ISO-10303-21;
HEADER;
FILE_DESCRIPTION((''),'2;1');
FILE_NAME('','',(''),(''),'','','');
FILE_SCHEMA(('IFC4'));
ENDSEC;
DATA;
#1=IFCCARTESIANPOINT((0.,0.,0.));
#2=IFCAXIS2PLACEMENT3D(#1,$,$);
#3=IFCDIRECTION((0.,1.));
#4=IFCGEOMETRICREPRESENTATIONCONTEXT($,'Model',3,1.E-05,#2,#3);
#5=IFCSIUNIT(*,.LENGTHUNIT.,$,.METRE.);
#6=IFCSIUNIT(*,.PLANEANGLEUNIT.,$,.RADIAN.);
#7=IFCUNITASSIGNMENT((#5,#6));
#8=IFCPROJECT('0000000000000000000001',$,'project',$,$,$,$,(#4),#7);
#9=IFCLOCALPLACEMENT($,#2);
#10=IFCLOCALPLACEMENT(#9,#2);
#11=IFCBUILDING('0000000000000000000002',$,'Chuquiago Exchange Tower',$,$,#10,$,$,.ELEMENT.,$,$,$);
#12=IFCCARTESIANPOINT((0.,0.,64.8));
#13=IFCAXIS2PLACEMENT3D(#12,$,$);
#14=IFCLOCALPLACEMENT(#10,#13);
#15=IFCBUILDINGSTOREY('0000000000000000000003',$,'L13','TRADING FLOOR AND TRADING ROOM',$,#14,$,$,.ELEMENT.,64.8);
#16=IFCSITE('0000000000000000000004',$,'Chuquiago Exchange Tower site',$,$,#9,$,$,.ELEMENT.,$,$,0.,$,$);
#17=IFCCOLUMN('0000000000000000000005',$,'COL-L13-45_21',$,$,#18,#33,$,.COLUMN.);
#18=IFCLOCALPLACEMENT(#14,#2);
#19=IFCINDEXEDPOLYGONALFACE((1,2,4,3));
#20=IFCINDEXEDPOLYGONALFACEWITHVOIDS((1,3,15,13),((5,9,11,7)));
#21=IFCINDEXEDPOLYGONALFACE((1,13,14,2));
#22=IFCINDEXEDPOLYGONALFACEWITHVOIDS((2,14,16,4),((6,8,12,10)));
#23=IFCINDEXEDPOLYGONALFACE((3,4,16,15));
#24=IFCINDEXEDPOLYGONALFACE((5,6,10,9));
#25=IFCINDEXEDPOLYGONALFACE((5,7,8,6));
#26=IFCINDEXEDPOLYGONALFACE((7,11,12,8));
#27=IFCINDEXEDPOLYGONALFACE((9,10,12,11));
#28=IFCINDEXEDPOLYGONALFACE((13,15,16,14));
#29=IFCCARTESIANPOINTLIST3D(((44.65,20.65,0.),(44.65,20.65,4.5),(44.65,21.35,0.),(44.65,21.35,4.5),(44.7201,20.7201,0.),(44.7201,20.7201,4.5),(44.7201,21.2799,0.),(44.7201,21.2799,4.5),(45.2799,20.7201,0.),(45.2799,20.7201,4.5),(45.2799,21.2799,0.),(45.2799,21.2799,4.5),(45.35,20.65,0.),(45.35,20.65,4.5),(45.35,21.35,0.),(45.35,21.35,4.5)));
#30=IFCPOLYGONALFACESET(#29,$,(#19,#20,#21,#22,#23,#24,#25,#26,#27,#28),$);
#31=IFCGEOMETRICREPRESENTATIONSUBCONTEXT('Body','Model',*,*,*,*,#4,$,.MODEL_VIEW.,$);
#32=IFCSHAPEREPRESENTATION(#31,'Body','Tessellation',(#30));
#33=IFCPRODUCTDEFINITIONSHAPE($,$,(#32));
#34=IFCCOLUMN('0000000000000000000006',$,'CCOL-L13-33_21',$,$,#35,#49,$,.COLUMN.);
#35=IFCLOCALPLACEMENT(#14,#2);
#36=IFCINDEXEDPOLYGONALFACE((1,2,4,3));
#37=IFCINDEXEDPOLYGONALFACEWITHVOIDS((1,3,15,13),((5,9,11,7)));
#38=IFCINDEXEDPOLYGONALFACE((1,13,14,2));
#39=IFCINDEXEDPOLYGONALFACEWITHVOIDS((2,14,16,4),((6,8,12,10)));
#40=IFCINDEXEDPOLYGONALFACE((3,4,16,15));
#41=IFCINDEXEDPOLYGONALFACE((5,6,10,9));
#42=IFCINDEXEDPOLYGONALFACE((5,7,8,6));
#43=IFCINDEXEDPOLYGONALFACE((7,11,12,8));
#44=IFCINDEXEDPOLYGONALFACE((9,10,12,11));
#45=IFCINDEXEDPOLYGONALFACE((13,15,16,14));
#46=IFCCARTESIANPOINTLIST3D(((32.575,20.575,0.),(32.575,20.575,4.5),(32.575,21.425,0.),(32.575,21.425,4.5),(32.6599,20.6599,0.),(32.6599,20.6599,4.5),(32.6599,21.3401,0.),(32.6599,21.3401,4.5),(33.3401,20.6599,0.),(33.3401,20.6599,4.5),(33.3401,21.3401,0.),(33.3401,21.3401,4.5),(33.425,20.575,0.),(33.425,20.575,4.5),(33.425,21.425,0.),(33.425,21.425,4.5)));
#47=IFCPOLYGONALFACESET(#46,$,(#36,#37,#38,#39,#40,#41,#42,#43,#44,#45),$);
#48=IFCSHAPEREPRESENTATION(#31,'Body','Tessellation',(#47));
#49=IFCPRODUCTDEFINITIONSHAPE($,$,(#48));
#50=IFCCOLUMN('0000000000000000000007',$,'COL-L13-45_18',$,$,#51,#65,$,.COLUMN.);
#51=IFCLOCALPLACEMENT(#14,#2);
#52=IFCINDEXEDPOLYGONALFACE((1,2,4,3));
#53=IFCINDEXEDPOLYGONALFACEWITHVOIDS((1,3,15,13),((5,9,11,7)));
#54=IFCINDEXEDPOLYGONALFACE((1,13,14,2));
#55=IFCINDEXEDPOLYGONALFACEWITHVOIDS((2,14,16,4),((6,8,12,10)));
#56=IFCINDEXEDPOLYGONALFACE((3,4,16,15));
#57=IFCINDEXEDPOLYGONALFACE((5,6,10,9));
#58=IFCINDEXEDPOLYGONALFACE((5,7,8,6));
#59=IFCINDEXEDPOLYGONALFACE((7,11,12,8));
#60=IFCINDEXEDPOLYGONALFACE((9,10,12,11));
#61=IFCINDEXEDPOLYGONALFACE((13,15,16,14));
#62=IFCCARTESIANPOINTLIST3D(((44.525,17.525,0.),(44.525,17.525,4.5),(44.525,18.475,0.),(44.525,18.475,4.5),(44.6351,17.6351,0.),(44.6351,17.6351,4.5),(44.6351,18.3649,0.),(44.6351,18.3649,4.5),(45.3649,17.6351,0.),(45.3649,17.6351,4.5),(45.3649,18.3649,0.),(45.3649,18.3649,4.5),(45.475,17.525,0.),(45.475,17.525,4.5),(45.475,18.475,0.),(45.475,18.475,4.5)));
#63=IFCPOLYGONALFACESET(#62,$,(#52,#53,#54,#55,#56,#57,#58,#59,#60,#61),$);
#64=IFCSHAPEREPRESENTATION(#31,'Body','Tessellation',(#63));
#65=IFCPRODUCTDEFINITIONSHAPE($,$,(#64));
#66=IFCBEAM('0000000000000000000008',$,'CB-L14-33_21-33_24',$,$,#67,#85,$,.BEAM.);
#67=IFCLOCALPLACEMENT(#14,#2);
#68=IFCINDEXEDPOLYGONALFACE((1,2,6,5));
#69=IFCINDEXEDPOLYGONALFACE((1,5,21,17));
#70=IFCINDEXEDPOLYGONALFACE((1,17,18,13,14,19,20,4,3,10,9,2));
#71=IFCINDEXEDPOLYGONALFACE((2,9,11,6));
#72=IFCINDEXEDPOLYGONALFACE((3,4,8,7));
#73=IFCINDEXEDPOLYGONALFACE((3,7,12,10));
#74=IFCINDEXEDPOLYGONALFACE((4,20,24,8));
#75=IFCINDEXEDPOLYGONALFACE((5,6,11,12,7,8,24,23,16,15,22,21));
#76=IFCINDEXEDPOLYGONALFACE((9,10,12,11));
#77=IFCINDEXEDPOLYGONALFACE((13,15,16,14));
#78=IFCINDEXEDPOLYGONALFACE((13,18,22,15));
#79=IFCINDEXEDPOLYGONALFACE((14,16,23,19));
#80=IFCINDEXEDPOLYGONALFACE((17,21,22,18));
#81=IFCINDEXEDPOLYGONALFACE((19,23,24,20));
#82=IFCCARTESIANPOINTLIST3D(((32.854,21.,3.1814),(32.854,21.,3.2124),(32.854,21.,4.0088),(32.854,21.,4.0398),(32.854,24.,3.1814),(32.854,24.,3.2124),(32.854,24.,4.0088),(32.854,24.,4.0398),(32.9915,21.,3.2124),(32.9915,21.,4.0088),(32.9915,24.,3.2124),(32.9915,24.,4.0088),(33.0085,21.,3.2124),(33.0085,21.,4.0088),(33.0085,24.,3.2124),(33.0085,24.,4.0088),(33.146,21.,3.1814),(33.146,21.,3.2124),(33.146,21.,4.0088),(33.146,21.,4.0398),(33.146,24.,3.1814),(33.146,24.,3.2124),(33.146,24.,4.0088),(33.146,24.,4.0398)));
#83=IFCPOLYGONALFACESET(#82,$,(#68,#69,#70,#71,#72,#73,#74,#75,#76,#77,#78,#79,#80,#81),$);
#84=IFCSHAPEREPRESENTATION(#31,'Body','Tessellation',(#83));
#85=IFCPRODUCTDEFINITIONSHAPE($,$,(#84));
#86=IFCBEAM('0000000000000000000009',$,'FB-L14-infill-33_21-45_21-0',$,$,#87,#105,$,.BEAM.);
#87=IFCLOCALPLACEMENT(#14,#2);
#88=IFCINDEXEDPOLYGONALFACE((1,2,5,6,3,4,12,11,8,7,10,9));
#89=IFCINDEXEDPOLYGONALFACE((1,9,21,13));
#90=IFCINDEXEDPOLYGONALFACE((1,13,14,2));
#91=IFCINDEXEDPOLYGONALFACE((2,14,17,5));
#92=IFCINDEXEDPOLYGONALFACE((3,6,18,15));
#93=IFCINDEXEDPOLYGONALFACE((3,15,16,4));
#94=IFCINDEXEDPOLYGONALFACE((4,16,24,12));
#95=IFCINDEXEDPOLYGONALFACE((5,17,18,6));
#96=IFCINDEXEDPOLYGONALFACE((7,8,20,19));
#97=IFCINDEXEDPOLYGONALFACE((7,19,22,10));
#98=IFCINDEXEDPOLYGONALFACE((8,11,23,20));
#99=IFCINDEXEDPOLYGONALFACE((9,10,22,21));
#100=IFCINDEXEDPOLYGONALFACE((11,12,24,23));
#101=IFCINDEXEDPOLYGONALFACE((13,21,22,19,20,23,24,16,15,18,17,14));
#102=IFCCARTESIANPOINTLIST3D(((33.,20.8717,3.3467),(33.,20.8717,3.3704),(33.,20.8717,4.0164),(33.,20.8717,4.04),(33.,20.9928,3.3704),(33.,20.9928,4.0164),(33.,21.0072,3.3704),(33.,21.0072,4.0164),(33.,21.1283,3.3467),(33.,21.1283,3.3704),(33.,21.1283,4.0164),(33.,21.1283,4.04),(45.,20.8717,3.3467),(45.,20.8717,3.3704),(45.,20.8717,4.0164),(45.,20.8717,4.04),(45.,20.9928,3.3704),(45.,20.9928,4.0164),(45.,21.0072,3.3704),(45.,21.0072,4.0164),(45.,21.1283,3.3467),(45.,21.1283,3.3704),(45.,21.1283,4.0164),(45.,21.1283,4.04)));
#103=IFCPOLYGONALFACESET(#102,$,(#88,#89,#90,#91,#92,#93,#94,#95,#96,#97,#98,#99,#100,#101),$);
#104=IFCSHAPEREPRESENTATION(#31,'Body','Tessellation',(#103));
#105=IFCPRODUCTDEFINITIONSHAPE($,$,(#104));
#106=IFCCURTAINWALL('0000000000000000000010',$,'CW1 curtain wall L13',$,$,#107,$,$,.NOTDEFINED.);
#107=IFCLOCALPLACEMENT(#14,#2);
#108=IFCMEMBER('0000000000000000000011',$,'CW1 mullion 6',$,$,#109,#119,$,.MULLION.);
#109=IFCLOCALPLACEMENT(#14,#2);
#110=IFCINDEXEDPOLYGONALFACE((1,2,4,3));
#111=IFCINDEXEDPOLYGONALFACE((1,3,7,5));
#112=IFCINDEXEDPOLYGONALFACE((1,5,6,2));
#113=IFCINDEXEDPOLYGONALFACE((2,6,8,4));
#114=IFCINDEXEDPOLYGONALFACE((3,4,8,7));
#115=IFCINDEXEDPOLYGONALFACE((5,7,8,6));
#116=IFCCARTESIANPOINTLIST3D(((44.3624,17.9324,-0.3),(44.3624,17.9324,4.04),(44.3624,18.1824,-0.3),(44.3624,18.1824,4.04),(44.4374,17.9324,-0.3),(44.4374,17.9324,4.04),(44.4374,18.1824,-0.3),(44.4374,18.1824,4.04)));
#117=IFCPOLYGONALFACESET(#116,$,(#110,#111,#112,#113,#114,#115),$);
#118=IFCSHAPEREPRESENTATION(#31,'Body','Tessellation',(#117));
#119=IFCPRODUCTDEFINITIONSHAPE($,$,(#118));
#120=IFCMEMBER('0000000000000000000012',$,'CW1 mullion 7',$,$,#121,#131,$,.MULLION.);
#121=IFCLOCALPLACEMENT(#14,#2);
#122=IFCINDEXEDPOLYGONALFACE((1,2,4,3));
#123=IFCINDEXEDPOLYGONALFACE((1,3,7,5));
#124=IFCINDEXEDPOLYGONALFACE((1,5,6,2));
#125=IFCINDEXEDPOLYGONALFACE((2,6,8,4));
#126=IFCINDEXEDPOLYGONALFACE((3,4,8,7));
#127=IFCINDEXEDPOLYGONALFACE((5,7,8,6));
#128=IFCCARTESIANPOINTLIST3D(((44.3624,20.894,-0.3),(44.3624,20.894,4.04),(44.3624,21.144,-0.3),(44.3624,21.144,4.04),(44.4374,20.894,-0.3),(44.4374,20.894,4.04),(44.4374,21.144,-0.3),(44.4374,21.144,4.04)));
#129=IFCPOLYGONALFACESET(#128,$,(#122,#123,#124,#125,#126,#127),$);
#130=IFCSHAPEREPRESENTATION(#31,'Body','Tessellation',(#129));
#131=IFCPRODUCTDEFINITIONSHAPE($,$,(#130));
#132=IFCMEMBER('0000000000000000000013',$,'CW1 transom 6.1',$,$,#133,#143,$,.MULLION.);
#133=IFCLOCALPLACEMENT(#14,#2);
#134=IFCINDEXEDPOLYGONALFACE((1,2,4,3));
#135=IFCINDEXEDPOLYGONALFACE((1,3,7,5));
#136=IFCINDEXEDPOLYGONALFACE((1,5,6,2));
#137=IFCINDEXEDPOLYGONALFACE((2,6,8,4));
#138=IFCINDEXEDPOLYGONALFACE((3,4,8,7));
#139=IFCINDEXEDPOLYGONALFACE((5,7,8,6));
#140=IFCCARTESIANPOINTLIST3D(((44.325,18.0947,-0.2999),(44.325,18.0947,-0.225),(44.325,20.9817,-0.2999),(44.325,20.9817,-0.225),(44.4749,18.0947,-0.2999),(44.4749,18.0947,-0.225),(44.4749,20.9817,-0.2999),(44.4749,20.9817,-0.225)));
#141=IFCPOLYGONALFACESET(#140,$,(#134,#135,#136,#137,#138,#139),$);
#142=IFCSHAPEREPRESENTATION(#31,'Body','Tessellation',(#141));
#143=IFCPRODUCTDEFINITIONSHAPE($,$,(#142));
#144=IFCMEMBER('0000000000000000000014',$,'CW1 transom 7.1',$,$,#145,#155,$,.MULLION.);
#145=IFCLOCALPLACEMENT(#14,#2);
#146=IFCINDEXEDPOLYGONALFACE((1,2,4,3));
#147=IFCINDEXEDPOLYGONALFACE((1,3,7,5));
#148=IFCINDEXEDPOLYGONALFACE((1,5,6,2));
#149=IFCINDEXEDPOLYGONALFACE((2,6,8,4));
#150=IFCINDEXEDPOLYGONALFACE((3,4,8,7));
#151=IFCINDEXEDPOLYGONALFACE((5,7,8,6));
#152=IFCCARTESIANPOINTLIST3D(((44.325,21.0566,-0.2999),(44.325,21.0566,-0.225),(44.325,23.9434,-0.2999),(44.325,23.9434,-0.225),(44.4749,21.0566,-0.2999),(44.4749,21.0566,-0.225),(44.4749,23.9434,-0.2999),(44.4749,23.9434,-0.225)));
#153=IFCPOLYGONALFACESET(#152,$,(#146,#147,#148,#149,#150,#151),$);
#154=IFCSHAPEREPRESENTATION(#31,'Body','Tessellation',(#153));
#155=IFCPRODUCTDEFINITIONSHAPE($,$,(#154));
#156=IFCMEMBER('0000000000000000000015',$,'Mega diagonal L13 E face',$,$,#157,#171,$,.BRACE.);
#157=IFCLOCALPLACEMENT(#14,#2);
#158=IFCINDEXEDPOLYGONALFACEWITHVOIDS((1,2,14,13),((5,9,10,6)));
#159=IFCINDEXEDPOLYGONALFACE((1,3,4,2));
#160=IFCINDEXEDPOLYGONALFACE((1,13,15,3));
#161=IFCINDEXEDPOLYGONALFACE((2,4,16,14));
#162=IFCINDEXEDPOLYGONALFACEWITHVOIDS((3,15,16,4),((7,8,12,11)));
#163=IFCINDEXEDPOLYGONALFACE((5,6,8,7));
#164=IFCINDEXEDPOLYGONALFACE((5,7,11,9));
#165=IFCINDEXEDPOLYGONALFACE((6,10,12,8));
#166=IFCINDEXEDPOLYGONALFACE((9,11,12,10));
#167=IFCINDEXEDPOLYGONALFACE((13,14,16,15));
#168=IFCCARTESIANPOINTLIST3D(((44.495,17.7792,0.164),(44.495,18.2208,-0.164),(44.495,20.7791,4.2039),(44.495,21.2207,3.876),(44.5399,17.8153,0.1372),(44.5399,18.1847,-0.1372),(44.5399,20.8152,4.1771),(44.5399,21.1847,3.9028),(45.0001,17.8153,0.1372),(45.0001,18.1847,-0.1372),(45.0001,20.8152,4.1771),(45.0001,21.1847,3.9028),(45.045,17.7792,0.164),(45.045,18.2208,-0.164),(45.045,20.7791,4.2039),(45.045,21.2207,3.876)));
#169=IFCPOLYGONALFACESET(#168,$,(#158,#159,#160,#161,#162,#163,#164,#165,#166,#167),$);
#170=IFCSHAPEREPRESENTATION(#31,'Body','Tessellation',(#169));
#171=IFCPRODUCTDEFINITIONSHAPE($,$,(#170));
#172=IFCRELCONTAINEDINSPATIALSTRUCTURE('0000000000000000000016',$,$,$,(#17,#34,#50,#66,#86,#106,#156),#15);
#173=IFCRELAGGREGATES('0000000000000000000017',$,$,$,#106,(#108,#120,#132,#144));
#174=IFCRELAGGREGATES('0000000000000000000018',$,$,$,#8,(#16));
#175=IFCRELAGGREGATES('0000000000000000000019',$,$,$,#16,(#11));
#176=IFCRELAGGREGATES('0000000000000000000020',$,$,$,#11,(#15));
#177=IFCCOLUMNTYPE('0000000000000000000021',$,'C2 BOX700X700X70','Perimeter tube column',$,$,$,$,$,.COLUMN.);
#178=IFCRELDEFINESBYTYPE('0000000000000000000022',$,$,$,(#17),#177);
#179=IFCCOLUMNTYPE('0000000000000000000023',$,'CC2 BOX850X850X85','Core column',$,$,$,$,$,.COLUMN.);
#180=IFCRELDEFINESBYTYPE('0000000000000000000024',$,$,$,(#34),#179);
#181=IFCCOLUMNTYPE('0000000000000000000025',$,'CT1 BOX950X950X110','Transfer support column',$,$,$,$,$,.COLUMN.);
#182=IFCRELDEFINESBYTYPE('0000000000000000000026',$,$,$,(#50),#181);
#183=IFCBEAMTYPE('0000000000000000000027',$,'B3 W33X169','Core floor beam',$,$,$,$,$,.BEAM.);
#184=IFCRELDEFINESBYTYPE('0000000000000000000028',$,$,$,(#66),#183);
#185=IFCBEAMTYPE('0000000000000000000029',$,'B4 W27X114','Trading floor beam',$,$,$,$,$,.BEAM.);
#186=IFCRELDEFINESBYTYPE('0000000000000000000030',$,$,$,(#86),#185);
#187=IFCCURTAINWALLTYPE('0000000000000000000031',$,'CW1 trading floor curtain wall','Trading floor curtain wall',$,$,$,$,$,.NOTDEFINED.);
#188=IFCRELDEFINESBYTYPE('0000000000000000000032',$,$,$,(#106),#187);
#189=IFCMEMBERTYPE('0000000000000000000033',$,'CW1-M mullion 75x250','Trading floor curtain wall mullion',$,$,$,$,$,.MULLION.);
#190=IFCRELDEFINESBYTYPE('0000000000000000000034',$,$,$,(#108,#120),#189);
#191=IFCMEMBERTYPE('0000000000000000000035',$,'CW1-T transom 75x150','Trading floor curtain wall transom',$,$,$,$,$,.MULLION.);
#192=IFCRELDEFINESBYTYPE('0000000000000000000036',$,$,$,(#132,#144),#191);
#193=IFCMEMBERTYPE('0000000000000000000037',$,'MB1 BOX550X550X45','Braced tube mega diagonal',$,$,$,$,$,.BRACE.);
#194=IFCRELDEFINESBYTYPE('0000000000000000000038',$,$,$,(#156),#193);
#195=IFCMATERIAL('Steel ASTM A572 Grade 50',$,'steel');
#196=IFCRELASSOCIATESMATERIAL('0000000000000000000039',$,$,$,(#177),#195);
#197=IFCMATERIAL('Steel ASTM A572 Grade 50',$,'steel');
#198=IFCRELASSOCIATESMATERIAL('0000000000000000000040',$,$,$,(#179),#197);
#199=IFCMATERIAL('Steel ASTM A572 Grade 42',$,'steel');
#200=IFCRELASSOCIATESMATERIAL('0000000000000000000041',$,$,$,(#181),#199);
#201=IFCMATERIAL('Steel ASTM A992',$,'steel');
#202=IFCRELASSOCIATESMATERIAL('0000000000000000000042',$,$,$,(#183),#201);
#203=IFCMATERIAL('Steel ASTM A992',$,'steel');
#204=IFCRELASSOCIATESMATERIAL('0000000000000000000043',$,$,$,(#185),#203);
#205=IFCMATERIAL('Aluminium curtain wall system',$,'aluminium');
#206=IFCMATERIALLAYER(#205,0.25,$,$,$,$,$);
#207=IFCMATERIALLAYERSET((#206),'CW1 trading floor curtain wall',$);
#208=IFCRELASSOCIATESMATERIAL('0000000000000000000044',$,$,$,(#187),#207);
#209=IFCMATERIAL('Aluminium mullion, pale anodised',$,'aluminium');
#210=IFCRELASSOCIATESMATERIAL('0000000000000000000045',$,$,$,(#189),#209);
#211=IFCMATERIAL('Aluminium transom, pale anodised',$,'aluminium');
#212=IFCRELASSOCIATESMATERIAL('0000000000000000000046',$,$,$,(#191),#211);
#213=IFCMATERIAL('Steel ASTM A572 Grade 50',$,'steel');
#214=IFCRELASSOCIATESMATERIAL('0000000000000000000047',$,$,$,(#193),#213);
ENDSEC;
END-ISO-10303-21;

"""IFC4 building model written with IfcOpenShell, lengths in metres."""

from ifc_helpers import new_model, si_unit, direction, frame, origin, origin_2d, place, context, subcontext, project, spatial, rectangle, hollow_rectangle, i_section, extrude, material, layer, layer_set, material_profile, profile_set, type_object, element, aggregate, save


model = new_model("IFC4")

# Units and contexts
model_context = context("Model", 3, precision=1e-05, world=origin(), true_north=direction((0.0, 1.0)))
body_context = subcontext(model_context, "Body", "Model", "MODEL_VIEW")
ifc_project = project(units=[si_unit("LENGTHUNIT", "METRE"), si_unit("PLANEANGLEUNIT", "RADIAN")], contexts=[model_context])

# Site, building, storey
site_placement = place(None, origin())
site = spatial("IfcSite", under=ifc_project, at=site_placement, Name="Chuquiago Exchange Tower site", CompositionType="ELEMENT", RefElevation=0.0)
building_placement = place(site_placement, origin())
building = spatial("IfcBuilding", under=site, at=building_placement, Name="Chuquiago Exchange Tower", CompositionType="ELEMENT")
storey_placement = place(building_placement, frame((0.0, 0.0, 64.8)))
storey = spatial("IfcBuildingStorey", under=building, at=storey_placement, Name="L13", Description="TRADING FLOOR AND TRADING ROOM", CompositionType="ELEMENT", Elevation=64.8)

# Columns
ifc_material_1 = material(Name="Steel ASTM A572 Grade 50", Category="steel")
ifc_material_profile_1 = material_profile(ifc_material_1, hollow_rectangle(XDim=0.7, YDim=0.7, WallThickness=0.0701, at=origin_2d()), Name="BOX700X700X70")
ifc_profile_set_1 = profile_set([ifc_material_profile_1], Name="Steel ASTM A572 Grade 50")
column_type_1 = type_object("IfcColumnType", Name="C2 BOX700X700X70", Description="Perimeter tube column", PredefinedType="COLUMN", material=ifc_profile_set_1)
column_1_placement = place(storey_placement, frame((45.0, 21.0, 0.0), z_axis=(0.0, 0.0, 1.0), x_axis=(1.0, 0.0, 0.0)))
element("IfcColumn", 1, at=column_1_placement, inside=storey, type_object=column_type_1, Name="COL-L13-45_21", PredefinedType="COLUMN", context=body_context, shape_type="SweptSolid", body=[
    extrude(hollow_rectangle(XDim=0.7, YDim=0.7, WallThickness=0.0701, at=origin_2d()), origin(), (0.0, 0.0, 1.0), 4.5),
])
ifc_material_2 = material(Name="Steel ASTM A572 Grade 50", Category="steel")
ifc_material_profile_2 = material_profile(ifc_material_2, hollow_rectangle(XDim=0.8501, YDim=0.8501, WallThickness=0.085, at=origin_2d()), Name="BOX850X850X85")
ifc_profile_set_2 = profile_set([ifc_material_profile_2], Name="Steel ASTM A572 Grade 50")
column_type_2 = type_object("IfcColumnType", Name="CC2 BOX850X850X85", Description="Core column", PredefinedType="COLUMN", material=ifc_profile_set_2)
column_2_placement = place(storey_placement, frame((33.0, 21.0, 0.0), z_axis=(0.0, 0.0, 1.0), x_axis=(1.0, 0.0, 0.0)))
element("IfcColumn", 2, at=column_2_placement, inside=storey, type_object=column_type_2, Name="CCOL-L13-33_21", PredefinedType="COLUMN", context=body_context, shape_type="SweptSolid", body=[
    extrude(hollow_rectangle(XDim=0.8501, YDim=0.8501, WallThickness=0.085, at=origin_2d()), origin(), (0.0, 0.0, 1.0), 4.5),
])
ifc_material_3 = material(Name="Steel ASTM A572 Grade 42", Category="steel")
ifc_material_profile_3 = material_profile(ifc_material_3, hollow_rectangle(XDim=0.95, YDim=0.95, WallThickness=0.1101, at=origin_2d()), Name="BOX950X950X110")
ifc_profile_set_3 = profile_set([ifc_material_profile_3], Name="Steel ASTM A572 Grade 42")
column_type_3 = type_object("IfcColumnType", Name="CT1 BOX950X950X110", Description="Transfer support column", PredefinedType="COLUMN", material=ifc_profile_set_3)
column_3_placement = place(storey_placement, frame((45.0, 18.0, 0.0), z_axis=(0.0, 0.0, 1.0), x_axis=(1.0, 0.0, 0.0)))
element("IfcColumn", 3, at=column_3_placement, inside=storey, type_object=column_type_3, Name="COL-L13-45_18", PredefinedType="COLUMN", context=body_context, shape_type="SweptSolid", body=[
    extrude(hollow_rectangle(XDim=0.95, YDim=0.95, WallThickness=0.1101, at=origin_2d()), origin(), (0.0, 0.0, 1.0), 4.5),
])

# Beams
ifc_material_4 = material(Name="Steel ASTM A992", Category="steel")
ifc_material_profile_4 = material_profile(ifc_material_4, i_section(OverallWidth=0.292, OverallDepth=0.8584, WebThickness=0.0171, FlangeThickness=0.031, at=origin_2d()), Name="W33X169")
ifc_profile_set_4 = profile_set([ifc_material_profile_4], Name="Steel ASTM A992")
beam_type_1 = type_object("IfcBeamType", Name="B3 W33X169", Description="Core floor beam", PredefinedType="BEAM", material=ifc_profile_set_4)
beam_1_placement = place(storey_placement, frame((33.0, 21.0, 3.6106), z_axis=(0.0, 1.0, 0.0), x_axis=(-1.0, 0.0, 0.0)))
element("IfcBeam", 4, at=beam_1_placement, inside=storey, type_object=beam_type_1, Name="CB-L14-33_21-33_24", PredefinedType="BEAM", context=body_context, shape_type="SweptSolid", body=[
    extrude(i_section(OverallWidth=0.292, OverallDepth=0.8584, WebThickness=0.0171, FlangeThickness=0.031, at=origin_2d()), origin(), (0.0, 0.0, 1.0), 3.0),
])
ifc_material_5 = material(Name="Steel ASTM A992", Category="steel")
ifc_material_profile_5 = material_profile(ifc_material_5, i_section(OverallWidth=0.2566, OverallDepth=0.6934, WebThickness=0.0144, FlangeThickness=0.0237, at=origin_2d()), Name="W27X114")
ifc_profile_set_5 = profile_set([ifc_material_profile_5], Name="Steel ASTM A992")
beam_type_2 = type_object("IfcBeamType", Name="B4 W27X114", Description="Trading floor beam", PredefinedType="BEAM", material=ifc_profile_set_5)
beam_2_placement = place(storey_placement, frame((33.0, 21.0, 3.6934), z_axis=(1.0, 0.0, 0.0), x_axis=(0.0, 1.0, 0.0)))
element("IfcBeam", 5, at=beam_2_placement, inside=storey, type_object=beam_type_2, Name="FB-L14-infill-33_21-45_21-0", PredefinedType="BEAM", context=body_context, shape_type="SweptSolid", body=[
    extrude(i_section(OverallWidth=0.2566, OverallDepth=0.6934, WebThickness=0.0144, FlangeThickness=0.0237, at=origin_2d()), origin(), (0.0, 0.0, 1.0), 12.0),
])

# Curtain wall, members
ifc_material_6 = material(Name="Aluminium curtain wall system", Category="aluminium")
ifc_layer_1 = layer(ifc_material_6, 0.25)
ifc_layer_set_1 = layer_set([ifc_layer_1], Name="CW1 trading floor curtain wall")
curtain_wall_type = type_object("IfcCurtainWallType", Name="CW1 trading floor curtain wall", Description="Trading floor curtain wall", PredefinedType="NOTDEFINED", material=ifc_layer_set_1)
curtain_wall_placement = place(storey_placement, origin())
curtain_wall = element("IfcCurtainWall", 6, at=curtain_wall_placement, inside=storey, type_object=curtain_wall_type, Name="CW1 curtain wall L13", PredefinedType="NOTDEFINED")
ifc_material_7 = material(Name="Aluminium mullion, pale anodised", Category="aluminium")
ifc_material_profile_6 = material_profile(ifc_material_7, rectangle(XDim=0.075, YDim=0.25, at=origin_2d()), Name="AL 75x250")
ifc_profile_set_6 = profile_set([ifc_material_profile_6], Name="Aluminium mullion, pale anodised")
member_type_1 = type_object("IfcMemberType", Name="CW1-M mullion 75x250", Description="Trading floor curtain wall mullion", PredefinedType="MULLION", material=ifc_profile_set_6)
member_1_placement = place(storey_placement, frame((44.3999, 18.0574, -0.3), z_axis=(0.0, 0.0, 1.0), x_axis=(-1.0, 0.0, 0.0)))
member_1 = element("IfcMember", 7, at=member_1_placement, type_object=member_type_1, Name="CW1 mullion 6", PredefinedType="MULLION", context=body_context, shape_type="SweptSolid", body=[
    extrude(rectangle(XDim=0.075, YDim=0.25, at=origin_2d()), origin(), (0.0, 0.0, 1.0), 4.3401),
])
member_2_placement = place(storey_placement, frame((44.3999, 21.019, -0.3), z_axis=(0.0, 0.0, 1.0), x_axis=(-1.0, 0.0, 0.0)))
member_2 = element("IfcMember", 8, at=member_2_placement, type_object=member_type_1, Name="CW1 mullion 7", PredefinedType="MULLION", context=body_context, shape_type="SweptSolid", body=[
    extrude(rectangle(XDim=0.075, YDim=0.25, at=origin_2d()), origin(), (0.0, 0.0, 1.0), 4.3401),
])
ifc_material_8 = material(Name="Aluminium transom, pale anodised", Category="aluminium")
ifc_material_profile_7 = material_profile(ifc_material_8, rectangle(XDim=0.1499, YDim=0.075, at=origin_2d()), Name="AL 150x75")
ifc_profile_set_7 = profile_set([ifc_material_profile_7], Name="Aluminium transom, pale anodised")
member_type_2 = type_object("IfcMemberType", Name="CW1-T transom 75x150", Description="Trading floor curtain wall transom", PredefinedType="MULLION", material=ifc_profile_set_7)
member_3_placement = place(storey_placement, frame((44.3999, 18.0947, -0.2625), z_axis=(0.0, 1.0, 0.0), x_axis=(-1.0, 0.0, 0.0)))
member_3 = element("IfcMember", 9, at=member_3_placement, type_object=member_type_2, Name="CW1 transom 6.1", PredefinedType="MULLION", context=body_context, shape_type="SweptSolid", body=[
    extrude(rectangle(XDim=0.1499, YDim=0.075, at=origin_2d()), origin(), (0.0, 0.0, 1.0), 2.887),
])
member_4_placement = place(storey_placement, frame((44.3999, 21.0566, -0.2625), z_axis=(0.0, 1.0, 0.0), x_axis=(-1.0, 0.0, 0.0)))
member_4 = element("IfcMember", 10, at=member_4_placement, type_object=member_type_2, Name="CW1 transom 7.1", PredefinedType="MULLION", context=body_context, shape_type="SweptSolid", body=[
    extrude(rectangle(XDim=0.1499, YDim=0.075, at=origin_2d()), origin(), (0.0, 0.0, 1.0), 2.8867),
])

# Member
ifc_material_9 = material(Name="Steel ASTM A572 Grade 50", Category="steel")
ifc_material_profile_8 = material_profile(ifc_material_9, hollow_rectangle(XDim=0.55, YDim=0.55, WallThickness=0.0449, at=origin_2d()), Name="BOX550X550X45")
ifc_profile_set_8 = profile_set([ifc_material_profile_8], Name="Steel ASTM A572 Grade 50")
member_type_3 = type_object("IfcMemberType", Name="MB1 BOX550X550X45", Description="Braced tube mega diagonal", PredefinedType="BRACE", material=ifc_profile_set_8)
member_5_placement = place(storey_placement, frame((44.77, 18.0, 0.0), z_axis=(0.0, 0.596174, 0.802855), x_axis=(-1.0, 0.0, 0.0)))
element("IfcMember", 11, at=member_5_placement, inside=storey, type_object=member_type_3, Name="Mega diagonal L13 E face", PredefinedType="BRACE", context=body_context, shape_type="SweptSolid", body=[
    extrude(hollow_rectangle(XDim=0.55, YDim=0.55, WallThickness=0.0449, at=origin_2d()), origin(), (0.0, 0.0, 1.0), 5.032),
])

aggregate(curtain_wall, [member_1, member_2, member_3, member_4])

save(model, "model.ifc")
